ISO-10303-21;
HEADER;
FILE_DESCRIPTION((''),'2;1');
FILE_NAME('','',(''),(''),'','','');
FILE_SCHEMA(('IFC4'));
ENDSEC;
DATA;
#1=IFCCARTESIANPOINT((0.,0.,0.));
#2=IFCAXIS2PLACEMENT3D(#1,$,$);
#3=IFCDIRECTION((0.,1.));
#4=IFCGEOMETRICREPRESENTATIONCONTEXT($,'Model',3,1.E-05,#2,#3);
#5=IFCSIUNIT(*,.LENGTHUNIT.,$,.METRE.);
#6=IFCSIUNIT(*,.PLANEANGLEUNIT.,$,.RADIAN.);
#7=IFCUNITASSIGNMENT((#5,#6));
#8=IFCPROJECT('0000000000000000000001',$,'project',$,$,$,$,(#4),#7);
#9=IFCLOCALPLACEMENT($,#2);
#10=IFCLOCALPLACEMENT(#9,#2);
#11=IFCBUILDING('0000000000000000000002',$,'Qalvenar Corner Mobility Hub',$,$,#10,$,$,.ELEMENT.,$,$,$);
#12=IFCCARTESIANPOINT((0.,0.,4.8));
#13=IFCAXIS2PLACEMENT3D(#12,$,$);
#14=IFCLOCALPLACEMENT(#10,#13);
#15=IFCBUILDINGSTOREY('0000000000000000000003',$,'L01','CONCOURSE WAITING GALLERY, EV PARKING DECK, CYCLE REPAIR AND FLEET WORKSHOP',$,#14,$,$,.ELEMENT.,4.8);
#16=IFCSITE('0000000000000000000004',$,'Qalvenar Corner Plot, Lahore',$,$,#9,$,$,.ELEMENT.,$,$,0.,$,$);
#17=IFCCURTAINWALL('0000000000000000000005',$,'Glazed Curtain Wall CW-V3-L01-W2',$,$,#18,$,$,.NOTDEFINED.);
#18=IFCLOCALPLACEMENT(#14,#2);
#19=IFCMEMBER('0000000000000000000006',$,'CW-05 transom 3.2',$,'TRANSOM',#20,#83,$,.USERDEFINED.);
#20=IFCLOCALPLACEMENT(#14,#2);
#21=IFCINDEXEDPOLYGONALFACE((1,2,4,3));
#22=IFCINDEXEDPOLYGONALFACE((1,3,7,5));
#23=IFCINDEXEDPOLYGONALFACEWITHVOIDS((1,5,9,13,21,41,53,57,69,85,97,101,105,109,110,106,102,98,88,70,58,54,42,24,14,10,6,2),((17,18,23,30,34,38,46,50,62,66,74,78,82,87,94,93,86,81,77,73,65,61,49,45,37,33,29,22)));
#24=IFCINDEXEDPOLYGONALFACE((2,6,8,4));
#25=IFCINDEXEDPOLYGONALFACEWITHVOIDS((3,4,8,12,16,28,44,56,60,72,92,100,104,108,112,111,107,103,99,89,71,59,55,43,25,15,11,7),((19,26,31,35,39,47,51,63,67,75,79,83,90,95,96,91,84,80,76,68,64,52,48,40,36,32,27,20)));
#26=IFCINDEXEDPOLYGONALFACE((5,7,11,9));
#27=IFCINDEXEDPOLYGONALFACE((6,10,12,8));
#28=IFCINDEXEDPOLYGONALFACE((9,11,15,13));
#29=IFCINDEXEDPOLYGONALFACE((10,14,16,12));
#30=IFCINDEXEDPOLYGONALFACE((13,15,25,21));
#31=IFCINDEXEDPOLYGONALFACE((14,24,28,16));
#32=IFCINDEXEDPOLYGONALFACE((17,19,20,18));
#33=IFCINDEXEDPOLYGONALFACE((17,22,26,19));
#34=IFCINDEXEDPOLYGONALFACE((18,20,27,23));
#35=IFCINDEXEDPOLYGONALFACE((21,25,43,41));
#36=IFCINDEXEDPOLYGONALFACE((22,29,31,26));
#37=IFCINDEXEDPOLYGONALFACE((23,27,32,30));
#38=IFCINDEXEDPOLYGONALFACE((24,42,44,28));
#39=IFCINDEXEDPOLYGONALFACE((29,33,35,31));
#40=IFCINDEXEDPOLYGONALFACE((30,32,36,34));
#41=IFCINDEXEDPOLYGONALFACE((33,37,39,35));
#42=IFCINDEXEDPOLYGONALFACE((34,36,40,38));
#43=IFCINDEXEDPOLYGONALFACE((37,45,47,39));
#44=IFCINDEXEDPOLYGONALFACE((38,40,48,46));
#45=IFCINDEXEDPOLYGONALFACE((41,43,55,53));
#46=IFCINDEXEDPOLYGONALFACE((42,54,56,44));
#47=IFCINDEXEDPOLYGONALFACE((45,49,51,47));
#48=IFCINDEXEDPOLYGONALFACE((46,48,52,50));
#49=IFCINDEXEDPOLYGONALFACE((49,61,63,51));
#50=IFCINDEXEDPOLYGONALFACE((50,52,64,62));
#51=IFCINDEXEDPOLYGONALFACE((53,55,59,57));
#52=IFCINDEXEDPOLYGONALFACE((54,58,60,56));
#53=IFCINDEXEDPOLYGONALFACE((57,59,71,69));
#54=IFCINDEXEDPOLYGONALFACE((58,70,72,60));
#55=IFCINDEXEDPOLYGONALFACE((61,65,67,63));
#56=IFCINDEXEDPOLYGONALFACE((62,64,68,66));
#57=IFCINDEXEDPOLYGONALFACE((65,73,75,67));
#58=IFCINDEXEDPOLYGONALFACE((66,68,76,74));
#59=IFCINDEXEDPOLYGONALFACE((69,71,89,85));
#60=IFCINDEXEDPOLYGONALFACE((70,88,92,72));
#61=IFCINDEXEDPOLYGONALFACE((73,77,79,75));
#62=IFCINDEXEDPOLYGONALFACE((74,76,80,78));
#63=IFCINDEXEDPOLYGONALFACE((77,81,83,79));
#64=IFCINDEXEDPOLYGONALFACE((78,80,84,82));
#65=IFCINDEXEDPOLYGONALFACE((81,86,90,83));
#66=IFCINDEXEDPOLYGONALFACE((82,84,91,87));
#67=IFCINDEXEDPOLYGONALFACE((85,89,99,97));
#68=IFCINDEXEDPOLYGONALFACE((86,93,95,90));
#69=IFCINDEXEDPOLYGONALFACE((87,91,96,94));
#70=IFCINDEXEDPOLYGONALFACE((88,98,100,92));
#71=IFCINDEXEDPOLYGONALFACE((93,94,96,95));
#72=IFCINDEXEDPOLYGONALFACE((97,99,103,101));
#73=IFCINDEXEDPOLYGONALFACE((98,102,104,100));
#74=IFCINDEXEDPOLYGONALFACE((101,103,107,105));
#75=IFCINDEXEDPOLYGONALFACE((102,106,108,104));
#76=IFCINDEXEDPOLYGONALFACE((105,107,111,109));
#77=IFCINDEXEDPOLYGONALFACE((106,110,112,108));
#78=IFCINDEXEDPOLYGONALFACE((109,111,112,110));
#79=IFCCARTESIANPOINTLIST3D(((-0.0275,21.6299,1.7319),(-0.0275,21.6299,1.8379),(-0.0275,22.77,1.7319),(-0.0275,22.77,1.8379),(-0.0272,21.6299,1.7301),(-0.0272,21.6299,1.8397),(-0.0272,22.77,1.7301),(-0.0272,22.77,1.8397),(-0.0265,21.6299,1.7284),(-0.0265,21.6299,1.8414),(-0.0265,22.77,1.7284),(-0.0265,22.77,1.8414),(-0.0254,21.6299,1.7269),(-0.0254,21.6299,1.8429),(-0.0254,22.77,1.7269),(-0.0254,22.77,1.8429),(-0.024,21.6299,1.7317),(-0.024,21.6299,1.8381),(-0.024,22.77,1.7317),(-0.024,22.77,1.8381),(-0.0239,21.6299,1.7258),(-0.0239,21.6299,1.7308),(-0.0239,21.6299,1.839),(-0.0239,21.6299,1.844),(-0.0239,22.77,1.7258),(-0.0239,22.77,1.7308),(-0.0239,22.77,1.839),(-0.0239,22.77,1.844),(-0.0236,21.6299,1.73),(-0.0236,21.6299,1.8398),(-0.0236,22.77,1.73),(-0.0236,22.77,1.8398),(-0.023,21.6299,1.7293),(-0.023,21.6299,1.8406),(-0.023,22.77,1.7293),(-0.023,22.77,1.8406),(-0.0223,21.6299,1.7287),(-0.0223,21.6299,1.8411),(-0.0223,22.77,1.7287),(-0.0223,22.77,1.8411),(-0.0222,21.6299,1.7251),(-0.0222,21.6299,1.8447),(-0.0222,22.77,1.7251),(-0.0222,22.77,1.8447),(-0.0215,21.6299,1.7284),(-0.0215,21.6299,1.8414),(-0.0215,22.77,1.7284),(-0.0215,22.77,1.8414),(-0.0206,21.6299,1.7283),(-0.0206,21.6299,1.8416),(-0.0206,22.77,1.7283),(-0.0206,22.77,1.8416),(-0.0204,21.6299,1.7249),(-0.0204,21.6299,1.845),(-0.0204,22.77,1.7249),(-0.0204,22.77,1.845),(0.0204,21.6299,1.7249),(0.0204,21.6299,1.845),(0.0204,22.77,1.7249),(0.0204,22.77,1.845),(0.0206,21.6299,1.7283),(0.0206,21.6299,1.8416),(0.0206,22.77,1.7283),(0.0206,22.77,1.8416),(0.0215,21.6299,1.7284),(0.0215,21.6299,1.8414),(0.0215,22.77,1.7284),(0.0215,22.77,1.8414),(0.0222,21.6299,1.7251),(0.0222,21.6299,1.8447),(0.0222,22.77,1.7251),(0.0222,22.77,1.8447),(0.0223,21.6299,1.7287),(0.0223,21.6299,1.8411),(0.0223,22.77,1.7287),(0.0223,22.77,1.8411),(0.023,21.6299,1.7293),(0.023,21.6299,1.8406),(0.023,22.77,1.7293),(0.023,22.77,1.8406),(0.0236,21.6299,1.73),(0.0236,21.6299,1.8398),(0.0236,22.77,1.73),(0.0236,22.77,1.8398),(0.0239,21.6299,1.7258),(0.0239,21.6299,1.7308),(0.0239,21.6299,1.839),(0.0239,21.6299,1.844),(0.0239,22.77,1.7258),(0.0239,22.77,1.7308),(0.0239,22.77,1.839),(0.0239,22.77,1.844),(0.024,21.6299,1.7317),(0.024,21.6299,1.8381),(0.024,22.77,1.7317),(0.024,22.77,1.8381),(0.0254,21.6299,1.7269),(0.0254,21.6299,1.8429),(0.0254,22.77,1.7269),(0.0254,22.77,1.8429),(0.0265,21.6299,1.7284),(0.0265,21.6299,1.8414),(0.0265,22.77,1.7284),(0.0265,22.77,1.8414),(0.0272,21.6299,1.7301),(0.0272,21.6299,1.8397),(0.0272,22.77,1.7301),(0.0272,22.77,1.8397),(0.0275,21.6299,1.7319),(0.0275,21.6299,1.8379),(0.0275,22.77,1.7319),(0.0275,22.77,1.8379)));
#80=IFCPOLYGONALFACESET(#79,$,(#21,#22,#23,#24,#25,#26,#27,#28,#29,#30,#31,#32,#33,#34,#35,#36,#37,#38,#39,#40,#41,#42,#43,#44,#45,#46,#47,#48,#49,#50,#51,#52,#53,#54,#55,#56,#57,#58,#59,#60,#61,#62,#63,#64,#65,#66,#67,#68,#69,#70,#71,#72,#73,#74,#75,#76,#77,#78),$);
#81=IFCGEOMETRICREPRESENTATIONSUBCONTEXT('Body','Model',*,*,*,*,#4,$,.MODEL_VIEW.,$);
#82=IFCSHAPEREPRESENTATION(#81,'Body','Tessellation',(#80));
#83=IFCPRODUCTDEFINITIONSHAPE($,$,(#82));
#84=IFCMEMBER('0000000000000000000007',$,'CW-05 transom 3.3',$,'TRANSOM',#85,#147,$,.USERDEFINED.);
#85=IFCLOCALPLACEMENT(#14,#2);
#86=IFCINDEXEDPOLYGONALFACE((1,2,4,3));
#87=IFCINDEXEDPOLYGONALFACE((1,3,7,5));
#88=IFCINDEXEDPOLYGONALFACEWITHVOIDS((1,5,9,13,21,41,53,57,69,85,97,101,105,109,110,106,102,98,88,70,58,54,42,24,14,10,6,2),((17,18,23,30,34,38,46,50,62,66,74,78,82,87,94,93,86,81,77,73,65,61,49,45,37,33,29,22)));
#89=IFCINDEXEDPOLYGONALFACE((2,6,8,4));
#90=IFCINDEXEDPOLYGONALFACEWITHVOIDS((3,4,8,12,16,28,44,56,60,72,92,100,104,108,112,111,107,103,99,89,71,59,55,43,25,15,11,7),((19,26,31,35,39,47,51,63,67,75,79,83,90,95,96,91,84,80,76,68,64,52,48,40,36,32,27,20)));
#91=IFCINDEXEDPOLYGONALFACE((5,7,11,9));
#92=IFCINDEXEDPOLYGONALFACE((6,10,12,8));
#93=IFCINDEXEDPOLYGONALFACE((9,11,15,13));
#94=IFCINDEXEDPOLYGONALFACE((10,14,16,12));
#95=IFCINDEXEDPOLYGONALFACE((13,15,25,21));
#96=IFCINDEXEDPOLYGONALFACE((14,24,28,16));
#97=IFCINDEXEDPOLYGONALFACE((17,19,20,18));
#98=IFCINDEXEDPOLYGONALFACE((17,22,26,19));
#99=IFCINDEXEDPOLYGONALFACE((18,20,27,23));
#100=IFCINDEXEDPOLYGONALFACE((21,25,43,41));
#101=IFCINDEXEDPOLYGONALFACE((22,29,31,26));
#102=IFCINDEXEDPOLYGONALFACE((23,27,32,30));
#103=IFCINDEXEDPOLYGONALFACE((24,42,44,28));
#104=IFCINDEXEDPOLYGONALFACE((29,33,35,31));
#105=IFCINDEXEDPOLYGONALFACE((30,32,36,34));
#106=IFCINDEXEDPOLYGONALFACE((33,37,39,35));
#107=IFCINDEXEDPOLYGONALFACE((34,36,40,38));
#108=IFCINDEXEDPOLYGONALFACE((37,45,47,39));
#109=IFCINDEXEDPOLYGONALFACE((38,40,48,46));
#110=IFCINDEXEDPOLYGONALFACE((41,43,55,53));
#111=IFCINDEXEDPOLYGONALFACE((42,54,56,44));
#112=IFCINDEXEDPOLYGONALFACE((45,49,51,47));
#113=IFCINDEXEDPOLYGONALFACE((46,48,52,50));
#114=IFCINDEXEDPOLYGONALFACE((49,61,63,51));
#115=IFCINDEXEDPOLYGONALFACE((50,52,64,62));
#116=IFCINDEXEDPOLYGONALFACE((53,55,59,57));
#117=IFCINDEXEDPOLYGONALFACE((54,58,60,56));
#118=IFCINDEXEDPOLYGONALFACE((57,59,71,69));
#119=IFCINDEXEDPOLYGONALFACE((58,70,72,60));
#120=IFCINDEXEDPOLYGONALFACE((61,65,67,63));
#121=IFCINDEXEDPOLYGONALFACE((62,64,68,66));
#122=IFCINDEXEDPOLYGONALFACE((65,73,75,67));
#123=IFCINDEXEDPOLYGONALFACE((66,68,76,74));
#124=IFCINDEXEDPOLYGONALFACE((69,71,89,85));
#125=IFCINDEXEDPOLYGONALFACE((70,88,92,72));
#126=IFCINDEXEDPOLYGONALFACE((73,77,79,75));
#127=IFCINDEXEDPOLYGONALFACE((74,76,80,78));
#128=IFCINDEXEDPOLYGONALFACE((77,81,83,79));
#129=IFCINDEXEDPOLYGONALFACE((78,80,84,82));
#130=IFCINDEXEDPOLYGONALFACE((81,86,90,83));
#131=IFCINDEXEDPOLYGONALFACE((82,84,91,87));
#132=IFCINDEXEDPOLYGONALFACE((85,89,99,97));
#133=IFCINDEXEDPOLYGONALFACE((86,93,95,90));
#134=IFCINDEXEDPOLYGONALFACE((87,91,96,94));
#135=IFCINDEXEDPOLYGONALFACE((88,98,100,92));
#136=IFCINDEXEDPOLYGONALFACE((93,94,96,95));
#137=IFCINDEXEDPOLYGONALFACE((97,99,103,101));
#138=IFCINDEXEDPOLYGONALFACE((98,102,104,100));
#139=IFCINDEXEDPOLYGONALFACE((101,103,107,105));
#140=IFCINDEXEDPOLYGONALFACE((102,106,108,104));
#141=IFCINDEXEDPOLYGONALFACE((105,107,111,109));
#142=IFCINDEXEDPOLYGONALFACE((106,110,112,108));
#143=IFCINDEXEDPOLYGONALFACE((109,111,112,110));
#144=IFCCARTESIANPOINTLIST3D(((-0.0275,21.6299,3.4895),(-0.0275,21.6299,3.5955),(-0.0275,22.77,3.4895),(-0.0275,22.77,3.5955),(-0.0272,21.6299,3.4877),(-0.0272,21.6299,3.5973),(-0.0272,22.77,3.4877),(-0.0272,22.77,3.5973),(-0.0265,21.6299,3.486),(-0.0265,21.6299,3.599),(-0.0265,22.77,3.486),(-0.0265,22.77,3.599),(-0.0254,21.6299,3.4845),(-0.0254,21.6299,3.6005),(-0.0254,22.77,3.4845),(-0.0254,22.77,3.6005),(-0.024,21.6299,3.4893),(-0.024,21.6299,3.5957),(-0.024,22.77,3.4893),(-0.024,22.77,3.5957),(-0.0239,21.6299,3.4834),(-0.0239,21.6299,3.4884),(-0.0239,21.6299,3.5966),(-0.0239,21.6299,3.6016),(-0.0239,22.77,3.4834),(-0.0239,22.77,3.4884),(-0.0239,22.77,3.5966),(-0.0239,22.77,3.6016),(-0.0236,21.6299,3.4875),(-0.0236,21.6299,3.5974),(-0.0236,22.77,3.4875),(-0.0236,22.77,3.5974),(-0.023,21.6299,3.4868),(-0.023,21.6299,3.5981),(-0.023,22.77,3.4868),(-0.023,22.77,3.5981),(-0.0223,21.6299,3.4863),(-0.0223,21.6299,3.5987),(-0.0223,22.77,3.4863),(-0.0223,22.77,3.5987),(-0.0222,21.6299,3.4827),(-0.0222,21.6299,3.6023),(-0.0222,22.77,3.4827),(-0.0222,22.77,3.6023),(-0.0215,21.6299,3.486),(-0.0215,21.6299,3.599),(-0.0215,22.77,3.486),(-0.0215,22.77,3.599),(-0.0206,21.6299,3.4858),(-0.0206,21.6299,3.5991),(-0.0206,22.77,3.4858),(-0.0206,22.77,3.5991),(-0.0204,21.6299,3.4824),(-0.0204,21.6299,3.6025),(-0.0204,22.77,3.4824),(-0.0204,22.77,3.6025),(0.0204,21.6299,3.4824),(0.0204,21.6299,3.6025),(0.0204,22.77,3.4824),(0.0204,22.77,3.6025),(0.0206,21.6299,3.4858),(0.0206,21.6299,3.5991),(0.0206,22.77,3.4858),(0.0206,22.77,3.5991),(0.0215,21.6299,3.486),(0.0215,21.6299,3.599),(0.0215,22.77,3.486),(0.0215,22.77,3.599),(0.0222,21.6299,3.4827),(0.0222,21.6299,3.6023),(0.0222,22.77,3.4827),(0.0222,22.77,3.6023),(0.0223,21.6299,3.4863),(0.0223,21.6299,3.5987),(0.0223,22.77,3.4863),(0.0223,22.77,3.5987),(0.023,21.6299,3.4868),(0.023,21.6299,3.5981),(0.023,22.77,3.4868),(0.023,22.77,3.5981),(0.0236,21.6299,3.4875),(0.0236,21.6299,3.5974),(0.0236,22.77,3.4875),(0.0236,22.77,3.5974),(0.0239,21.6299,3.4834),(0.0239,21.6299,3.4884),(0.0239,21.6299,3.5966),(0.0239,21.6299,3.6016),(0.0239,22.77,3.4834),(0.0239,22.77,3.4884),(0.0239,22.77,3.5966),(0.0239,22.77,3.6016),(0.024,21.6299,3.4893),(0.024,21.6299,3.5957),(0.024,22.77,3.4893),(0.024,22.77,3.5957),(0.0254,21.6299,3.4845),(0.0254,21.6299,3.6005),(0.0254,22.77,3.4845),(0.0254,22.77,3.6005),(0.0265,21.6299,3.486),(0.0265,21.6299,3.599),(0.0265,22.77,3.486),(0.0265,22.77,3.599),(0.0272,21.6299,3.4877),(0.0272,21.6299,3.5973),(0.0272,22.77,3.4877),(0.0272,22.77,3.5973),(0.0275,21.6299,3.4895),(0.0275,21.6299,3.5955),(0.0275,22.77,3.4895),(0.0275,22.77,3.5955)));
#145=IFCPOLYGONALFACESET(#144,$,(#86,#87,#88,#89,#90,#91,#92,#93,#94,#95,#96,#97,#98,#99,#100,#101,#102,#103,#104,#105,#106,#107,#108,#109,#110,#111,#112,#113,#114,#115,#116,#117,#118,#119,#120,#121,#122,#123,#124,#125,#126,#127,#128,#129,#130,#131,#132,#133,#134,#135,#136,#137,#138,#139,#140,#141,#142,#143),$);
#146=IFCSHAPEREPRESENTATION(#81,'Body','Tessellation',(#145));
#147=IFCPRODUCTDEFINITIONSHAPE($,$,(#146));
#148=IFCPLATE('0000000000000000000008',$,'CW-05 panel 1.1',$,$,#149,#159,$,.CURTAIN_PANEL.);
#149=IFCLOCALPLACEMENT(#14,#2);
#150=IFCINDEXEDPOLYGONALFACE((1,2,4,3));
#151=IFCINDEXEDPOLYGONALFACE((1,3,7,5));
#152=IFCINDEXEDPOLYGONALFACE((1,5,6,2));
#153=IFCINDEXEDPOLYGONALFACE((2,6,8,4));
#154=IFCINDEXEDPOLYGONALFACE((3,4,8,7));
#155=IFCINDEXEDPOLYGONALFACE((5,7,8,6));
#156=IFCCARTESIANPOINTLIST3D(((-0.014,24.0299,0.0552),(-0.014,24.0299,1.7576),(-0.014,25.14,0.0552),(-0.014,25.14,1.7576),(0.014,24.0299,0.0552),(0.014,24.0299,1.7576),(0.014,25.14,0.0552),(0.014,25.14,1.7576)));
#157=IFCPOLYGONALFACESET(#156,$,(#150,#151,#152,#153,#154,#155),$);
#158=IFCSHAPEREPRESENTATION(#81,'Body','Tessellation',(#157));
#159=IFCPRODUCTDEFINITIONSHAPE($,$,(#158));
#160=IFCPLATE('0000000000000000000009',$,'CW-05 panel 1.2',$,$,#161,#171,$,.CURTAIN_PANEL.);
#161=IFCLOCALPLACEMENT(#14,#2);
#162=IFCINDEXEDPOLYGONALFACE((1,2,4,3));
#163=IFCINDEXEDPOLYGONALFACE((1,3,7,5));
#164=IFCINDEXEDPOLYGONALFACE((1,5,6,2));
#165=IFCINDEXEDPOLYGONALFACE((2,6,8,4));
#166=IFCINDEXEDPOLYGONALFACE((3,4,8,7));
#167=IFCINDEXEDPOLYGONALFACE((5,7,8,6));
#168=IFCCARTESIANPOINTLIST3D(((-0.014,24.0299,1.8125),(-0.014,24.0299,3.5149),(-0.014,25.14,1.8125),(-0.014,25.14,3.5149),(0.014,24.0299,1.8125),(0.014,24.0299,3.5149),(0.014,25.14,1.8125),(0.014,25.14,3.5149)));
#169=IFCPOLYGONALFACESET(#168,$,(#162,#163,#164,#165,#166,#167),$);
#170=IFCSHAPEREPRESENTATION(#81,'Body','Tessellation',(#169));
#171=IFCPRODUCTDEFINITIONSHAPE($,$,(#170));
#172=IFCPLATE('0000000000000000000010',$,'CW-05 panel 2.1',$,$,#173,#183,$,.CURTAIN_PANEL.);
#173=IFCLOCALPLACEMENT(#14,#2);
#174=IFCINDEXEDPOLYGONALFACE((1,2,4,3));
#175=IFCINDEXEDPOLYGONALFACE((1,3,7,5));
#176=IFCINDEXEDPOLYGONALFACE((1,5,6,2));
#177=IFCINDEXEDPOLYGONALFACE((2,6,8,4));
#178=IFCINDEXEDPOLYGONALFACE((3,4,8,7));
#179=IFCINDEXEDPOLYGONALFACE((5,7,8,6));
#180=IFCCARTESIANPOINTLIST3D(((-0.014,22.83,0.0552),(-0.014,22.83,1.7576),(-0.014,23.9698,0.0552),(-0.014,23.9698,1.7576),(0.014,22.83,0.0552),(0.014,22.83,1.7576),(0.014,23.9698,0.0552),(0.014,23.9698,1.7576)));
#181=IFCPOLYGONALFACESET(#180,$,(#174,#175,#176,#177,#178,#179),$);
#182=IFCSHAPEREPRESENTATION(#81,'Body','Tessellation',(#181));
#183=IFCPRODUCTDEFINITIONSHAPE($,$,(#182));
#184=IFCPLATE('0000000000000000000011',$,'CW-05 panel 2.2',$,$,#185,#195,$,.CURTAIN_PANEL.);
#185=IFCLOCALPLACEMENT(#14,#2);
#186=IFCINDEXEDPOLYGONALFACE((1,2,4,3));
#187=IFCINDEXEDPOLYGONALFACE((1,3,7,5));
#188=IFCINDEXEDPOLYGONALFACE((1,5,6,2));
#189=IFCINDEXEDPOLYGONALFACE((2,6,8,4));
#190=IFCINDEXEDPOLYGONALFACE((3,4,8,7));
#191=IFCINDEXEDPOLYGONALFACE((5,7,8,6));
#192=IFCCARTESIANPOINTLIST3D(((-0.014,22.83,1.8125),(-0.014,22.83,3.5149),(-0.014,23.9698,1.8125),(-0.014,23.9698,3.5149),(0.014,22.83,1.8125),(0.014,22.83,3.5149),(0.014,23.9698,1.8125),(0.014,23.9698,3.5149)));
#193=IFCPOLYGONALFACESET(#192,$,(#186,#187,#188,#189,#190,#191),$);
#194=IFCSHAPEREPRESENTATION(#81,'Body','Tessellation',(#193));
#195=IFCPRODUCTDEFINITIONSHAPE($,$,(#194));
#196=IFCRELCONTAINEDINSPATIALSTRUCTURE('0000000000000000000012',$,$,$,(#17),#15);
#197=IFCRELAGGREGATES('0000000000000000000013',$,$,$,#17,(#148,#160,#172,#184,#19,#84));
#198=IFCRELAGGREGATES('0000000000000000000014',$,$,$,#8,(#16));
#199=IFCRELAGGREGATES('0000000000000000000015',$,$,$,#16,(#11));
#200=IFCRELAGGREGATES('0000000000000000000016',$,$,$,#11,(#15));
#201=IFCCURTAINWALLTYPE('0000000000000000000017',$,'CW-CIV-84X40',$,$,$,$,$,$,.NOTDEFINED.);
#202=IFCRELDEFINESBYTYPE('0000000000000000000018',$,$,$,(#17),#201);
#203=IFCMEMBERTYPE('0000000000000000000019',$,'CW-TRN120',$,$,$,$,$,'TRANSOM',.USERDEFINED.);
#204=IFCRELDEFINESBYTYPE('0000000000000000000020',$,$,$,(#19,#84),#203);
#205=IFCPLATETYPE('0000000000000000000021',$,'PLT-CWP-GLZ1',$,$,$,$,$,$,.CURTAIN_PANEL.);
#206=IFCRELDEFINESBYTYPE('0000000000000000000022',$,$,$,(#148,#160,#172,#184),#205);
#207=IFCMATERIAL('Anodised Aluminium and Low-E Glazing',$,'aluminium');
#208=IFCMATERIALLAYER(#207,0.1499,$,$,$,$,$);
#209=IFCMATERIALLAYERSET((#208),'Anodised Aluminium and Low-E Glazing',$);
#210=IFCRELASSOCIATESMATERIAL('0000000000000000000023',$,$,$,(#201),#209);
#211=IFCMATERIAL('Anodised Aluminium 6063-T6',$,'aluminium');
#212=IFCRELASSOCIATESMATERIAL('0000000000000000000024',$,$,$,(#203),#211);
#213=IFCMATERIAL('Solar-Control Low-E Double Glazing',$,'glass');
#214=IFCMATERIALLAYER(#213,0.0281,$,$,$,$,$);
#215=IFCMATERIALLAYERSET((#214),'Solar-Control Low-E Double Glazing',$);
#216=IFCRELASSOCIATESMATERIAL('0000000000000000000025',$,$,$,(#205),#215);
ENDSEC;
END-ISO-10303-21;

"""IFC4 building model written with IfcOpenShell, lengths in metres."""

from ifc_helpers import new_model, si_unit, direction, frame, origin, origin_2d, place, context, subcontext, project, spatial, rectangle, hollow_rectangle, extrude, material, layer, layer_set, material_profile, profile_set, type_object, element, aggregate, save


model = new_model("IFC4")

# Units and contexts
model_context = context("Model", 3, precision=1e-05, world=origin(), true_north=direction((0.0, 1.0)))
body_context = subcontext(model_context, "Body", "Model", "MODEL_VIEW")
ifc_project = project(units=[si_unit("LENGTHUNIT", "METRE"), si_unit("PLANEANGLEUNIT", "RADIAN")], contexts=[model_context])

# Site, building, storey
site_placement = place(None, origin())
site = spatial("IfcSite", under=ifc_project, at=site_placement, Name="Qalvenar Corner Plot, Lahore", CompositionType="ELEMENT", RefElevation=0.0)
building_placement = place(site_placement, origin())
building = spatial("IfcBuilding", under=site, at=building_placement, Name="Qalvenar Corner Mobility Hub", CompositionType="ELEMENT")
storey_placement = place(building_placement, frame((0.0, 0.0, 4.8)))
storey = spatial("IfcBuildingStorey", under=building, at=storey_placement, Name="L01", Description="CONCOURSE WAITING GALLERY, EV PARKING DECK, CYCLE REPAIR AND FLEET WORKSHOP", CompositionType="ELEMENT", Elevation=4.8)

# Curtain wall, members, plates
ifc_material_1 = material(Name="Anodised Aluminium and Low-E Glazing", Category="aluminium")
ifc_layer_1 = layer(ifc_material_1, 0.1499)
ifc_layer_set_1 = layer_set([ifc_layer_1], Name="Anodised Aluminium and Low-E Glazing")
curtain_wall_type = type_object("IfcCurtainWallType", Name="CW-CIV-84X40", PredefinedType="NOTDEFINED", material=ifc_layer_set_1)
curtain_wall_placement = place(storey_placement, origin())
curtain_wall = element("IfcCurtainWall", 1, at=curtain_wall_placement, inside=storey, type_object=curtain_wall_type, Name="Glazed Curtain Wall CW-V3-L01-W2", PredefinedType="NOTDEFINED")
ifc_material_2 = material(Name="Anodised Aluminium 6063-T6", Category="aluminium")
ifc_material_profile_1 = material_profile(ifc_material_2, hollow_rectangle(XDim=0.0549, YDim=0.1201, WallThickness=0.0034, InnerFilletRadius=0.0034, OuterFilletRadius=0.0071, at=origin_2d()), Name="RHS120x55x3.5")
ifc_profile_set_1 = profile_set([ifc_material_profile_1], Name="Anodised Aluminium 6063-T6")
member_type_1 = type_object("IfcMemberType", Name="CW-TRN120", ElementType="TRANSOM", PredefinedType="USERDEFINED", material=ifc_profile_set_1)
member_1_placement = place(storey_placement, frame((0.0, 22.77, 1.7849), z_axis=(0.0, -1.0, 0.0), x_axis=(1.0, 0.0, 0.0)))
member_1 = element("IfcMember", 2, at=member_1_placement, type_object=member_type_1, Name="CW-05 transom 3.2", ObjectType="TRANSOM", PredefinedType="USERDEFINED", context=body_context, shape_type="SweptSolid", body=[
    extrude(hollow_rectangle(XDim=0.0549, YDim=0.1201, WallThickness=0.0034, InnerFilletRadius=0.0034, OuterFilletRadius=0.0071, at=origin_2d()), origin(), (0.0, 0.0, 1.0), 1.1401),
])
member_2_placement = place(storey_placement, frame((0.0, 22.77, 3.5425), z_axis=(0.0, -1.0, 0.0), x_axis=(1.0, 0.0, 0.0)))
member_2 = element("IfcMember", 3, at=member_2_placement, type_object=member_type_1, Name="CW-05 transom 3.3", ObjectType="TRANSOM", PredefinedType="USERDEFINED", context=body_context, shape_type="SweptSolid", body=[
    extrude(hollow_rectangle(XDim=0.0549, YDim=0.1201, WallThickness=0.0034, InnerFilletRadius=0.0034, OuterFilletRadius=0.0071, at=origin_2d()), origin(), (0.0, 0.0, 1.0), 1.1401),
])
ifc_material_3 = material(Name="Solar-Control Low-E Double Glazing", Category="glass")
ifc_layer_2 = layer(ifc_material_3, 0.0281)
ifc_layer_set_2 = layer_set([ifc_layer_2], Name="Solar-Control Low-E Double Glazing")
plate_type = type_object("IfcPlateType", Name="PLT-CWP-GLZ1", PredefinedType="CURTAIN_PANEL", material=ifc_layer_set_2)
plate_1_placement = place(storey_placement, frame((0.0, 24.585, 0.0552), z_axis=(0.0, 0.0, 1.0), x_axis=(0.0, -1.0, 0.0)))
plate_1 = element("IfcPlate", 4, at=plate_1_placement, type_object=plate_type, Name="CW-05 panel 1.1", PredefinedType="CURTAIN_PANEL", context=body_context, shape_type="SweptSolid", body=[
    extrude(rectangle(XDim=1.1101, YDim=0.0281, at=origin_2d()), origin(), (0.0, 0.0, 1.0), 1.7024),
])
plate_2_placement = place(storey_placement, frame((0.0, 24.585, 1.8125), z_axis=(0.0, 0.0, 1.0), x_axis=(0.0, -1.0, 0.0)))
plate_2 = element("IfcPlate", 5, at=plate_2_placement, type_object=plate_type, Name="CW-05 panel 1.2", PredefinedType="CURTAIN_PANEL", context=body_context, shape_type="SweptSolid", body=[
    extrude(rectangle(XDim=1.1101, YDim=0.0281, at=origin_2d()), origin(), (0.0, 0.0, 1.0), 1.7024),
])
plate_3_placement = place(storey_placement, frame((0.0, 23.3999, 0.0552), z_axis=(0.0, 0.0, 1.0), x_axis=(0.0, -1.0, 0.0)))
plate_3 = element("IfcPlate", 6, at=plate_3_placement, type_object=plate_type, Name="CW-05 panel 2.1", PredefinedType="CURTAIN_PANEL", context=body_context, shape_type="SweptSolid", body=[
    extrude(rectangle(XDim=1.1399, YDim=0.0281, at=origin_2d()), origin(), (0.0, 0.0, 1.0), 1.7024),
])
plate_4_placement = place(storey_placement, frame((0.0, 23.3999, 1.8125), z_axis=(0.0, 0.0, 1.0), x_axis=(0.0, -1.0, 0.0)))
plate_4 = element("IfcPlate", 7, at=plate_4_placement, type_object=plate_type, Name="CW-05 panel 2.2", PredefinedType="CURTAIN_PANEL", context=body_context, shape_type="SweptSolid", body=[
    extrude(rectangle(XDim=1.1399, YDim=0.0281, at=origin_2d()), origin(), (0.0, 0.0, 1.0), 1.7024),
])
aggregate(curtain_wall, [plate_1, plate_2, plate_3, plate_4, member_1, member_2])

save(model, "model.ifc")
